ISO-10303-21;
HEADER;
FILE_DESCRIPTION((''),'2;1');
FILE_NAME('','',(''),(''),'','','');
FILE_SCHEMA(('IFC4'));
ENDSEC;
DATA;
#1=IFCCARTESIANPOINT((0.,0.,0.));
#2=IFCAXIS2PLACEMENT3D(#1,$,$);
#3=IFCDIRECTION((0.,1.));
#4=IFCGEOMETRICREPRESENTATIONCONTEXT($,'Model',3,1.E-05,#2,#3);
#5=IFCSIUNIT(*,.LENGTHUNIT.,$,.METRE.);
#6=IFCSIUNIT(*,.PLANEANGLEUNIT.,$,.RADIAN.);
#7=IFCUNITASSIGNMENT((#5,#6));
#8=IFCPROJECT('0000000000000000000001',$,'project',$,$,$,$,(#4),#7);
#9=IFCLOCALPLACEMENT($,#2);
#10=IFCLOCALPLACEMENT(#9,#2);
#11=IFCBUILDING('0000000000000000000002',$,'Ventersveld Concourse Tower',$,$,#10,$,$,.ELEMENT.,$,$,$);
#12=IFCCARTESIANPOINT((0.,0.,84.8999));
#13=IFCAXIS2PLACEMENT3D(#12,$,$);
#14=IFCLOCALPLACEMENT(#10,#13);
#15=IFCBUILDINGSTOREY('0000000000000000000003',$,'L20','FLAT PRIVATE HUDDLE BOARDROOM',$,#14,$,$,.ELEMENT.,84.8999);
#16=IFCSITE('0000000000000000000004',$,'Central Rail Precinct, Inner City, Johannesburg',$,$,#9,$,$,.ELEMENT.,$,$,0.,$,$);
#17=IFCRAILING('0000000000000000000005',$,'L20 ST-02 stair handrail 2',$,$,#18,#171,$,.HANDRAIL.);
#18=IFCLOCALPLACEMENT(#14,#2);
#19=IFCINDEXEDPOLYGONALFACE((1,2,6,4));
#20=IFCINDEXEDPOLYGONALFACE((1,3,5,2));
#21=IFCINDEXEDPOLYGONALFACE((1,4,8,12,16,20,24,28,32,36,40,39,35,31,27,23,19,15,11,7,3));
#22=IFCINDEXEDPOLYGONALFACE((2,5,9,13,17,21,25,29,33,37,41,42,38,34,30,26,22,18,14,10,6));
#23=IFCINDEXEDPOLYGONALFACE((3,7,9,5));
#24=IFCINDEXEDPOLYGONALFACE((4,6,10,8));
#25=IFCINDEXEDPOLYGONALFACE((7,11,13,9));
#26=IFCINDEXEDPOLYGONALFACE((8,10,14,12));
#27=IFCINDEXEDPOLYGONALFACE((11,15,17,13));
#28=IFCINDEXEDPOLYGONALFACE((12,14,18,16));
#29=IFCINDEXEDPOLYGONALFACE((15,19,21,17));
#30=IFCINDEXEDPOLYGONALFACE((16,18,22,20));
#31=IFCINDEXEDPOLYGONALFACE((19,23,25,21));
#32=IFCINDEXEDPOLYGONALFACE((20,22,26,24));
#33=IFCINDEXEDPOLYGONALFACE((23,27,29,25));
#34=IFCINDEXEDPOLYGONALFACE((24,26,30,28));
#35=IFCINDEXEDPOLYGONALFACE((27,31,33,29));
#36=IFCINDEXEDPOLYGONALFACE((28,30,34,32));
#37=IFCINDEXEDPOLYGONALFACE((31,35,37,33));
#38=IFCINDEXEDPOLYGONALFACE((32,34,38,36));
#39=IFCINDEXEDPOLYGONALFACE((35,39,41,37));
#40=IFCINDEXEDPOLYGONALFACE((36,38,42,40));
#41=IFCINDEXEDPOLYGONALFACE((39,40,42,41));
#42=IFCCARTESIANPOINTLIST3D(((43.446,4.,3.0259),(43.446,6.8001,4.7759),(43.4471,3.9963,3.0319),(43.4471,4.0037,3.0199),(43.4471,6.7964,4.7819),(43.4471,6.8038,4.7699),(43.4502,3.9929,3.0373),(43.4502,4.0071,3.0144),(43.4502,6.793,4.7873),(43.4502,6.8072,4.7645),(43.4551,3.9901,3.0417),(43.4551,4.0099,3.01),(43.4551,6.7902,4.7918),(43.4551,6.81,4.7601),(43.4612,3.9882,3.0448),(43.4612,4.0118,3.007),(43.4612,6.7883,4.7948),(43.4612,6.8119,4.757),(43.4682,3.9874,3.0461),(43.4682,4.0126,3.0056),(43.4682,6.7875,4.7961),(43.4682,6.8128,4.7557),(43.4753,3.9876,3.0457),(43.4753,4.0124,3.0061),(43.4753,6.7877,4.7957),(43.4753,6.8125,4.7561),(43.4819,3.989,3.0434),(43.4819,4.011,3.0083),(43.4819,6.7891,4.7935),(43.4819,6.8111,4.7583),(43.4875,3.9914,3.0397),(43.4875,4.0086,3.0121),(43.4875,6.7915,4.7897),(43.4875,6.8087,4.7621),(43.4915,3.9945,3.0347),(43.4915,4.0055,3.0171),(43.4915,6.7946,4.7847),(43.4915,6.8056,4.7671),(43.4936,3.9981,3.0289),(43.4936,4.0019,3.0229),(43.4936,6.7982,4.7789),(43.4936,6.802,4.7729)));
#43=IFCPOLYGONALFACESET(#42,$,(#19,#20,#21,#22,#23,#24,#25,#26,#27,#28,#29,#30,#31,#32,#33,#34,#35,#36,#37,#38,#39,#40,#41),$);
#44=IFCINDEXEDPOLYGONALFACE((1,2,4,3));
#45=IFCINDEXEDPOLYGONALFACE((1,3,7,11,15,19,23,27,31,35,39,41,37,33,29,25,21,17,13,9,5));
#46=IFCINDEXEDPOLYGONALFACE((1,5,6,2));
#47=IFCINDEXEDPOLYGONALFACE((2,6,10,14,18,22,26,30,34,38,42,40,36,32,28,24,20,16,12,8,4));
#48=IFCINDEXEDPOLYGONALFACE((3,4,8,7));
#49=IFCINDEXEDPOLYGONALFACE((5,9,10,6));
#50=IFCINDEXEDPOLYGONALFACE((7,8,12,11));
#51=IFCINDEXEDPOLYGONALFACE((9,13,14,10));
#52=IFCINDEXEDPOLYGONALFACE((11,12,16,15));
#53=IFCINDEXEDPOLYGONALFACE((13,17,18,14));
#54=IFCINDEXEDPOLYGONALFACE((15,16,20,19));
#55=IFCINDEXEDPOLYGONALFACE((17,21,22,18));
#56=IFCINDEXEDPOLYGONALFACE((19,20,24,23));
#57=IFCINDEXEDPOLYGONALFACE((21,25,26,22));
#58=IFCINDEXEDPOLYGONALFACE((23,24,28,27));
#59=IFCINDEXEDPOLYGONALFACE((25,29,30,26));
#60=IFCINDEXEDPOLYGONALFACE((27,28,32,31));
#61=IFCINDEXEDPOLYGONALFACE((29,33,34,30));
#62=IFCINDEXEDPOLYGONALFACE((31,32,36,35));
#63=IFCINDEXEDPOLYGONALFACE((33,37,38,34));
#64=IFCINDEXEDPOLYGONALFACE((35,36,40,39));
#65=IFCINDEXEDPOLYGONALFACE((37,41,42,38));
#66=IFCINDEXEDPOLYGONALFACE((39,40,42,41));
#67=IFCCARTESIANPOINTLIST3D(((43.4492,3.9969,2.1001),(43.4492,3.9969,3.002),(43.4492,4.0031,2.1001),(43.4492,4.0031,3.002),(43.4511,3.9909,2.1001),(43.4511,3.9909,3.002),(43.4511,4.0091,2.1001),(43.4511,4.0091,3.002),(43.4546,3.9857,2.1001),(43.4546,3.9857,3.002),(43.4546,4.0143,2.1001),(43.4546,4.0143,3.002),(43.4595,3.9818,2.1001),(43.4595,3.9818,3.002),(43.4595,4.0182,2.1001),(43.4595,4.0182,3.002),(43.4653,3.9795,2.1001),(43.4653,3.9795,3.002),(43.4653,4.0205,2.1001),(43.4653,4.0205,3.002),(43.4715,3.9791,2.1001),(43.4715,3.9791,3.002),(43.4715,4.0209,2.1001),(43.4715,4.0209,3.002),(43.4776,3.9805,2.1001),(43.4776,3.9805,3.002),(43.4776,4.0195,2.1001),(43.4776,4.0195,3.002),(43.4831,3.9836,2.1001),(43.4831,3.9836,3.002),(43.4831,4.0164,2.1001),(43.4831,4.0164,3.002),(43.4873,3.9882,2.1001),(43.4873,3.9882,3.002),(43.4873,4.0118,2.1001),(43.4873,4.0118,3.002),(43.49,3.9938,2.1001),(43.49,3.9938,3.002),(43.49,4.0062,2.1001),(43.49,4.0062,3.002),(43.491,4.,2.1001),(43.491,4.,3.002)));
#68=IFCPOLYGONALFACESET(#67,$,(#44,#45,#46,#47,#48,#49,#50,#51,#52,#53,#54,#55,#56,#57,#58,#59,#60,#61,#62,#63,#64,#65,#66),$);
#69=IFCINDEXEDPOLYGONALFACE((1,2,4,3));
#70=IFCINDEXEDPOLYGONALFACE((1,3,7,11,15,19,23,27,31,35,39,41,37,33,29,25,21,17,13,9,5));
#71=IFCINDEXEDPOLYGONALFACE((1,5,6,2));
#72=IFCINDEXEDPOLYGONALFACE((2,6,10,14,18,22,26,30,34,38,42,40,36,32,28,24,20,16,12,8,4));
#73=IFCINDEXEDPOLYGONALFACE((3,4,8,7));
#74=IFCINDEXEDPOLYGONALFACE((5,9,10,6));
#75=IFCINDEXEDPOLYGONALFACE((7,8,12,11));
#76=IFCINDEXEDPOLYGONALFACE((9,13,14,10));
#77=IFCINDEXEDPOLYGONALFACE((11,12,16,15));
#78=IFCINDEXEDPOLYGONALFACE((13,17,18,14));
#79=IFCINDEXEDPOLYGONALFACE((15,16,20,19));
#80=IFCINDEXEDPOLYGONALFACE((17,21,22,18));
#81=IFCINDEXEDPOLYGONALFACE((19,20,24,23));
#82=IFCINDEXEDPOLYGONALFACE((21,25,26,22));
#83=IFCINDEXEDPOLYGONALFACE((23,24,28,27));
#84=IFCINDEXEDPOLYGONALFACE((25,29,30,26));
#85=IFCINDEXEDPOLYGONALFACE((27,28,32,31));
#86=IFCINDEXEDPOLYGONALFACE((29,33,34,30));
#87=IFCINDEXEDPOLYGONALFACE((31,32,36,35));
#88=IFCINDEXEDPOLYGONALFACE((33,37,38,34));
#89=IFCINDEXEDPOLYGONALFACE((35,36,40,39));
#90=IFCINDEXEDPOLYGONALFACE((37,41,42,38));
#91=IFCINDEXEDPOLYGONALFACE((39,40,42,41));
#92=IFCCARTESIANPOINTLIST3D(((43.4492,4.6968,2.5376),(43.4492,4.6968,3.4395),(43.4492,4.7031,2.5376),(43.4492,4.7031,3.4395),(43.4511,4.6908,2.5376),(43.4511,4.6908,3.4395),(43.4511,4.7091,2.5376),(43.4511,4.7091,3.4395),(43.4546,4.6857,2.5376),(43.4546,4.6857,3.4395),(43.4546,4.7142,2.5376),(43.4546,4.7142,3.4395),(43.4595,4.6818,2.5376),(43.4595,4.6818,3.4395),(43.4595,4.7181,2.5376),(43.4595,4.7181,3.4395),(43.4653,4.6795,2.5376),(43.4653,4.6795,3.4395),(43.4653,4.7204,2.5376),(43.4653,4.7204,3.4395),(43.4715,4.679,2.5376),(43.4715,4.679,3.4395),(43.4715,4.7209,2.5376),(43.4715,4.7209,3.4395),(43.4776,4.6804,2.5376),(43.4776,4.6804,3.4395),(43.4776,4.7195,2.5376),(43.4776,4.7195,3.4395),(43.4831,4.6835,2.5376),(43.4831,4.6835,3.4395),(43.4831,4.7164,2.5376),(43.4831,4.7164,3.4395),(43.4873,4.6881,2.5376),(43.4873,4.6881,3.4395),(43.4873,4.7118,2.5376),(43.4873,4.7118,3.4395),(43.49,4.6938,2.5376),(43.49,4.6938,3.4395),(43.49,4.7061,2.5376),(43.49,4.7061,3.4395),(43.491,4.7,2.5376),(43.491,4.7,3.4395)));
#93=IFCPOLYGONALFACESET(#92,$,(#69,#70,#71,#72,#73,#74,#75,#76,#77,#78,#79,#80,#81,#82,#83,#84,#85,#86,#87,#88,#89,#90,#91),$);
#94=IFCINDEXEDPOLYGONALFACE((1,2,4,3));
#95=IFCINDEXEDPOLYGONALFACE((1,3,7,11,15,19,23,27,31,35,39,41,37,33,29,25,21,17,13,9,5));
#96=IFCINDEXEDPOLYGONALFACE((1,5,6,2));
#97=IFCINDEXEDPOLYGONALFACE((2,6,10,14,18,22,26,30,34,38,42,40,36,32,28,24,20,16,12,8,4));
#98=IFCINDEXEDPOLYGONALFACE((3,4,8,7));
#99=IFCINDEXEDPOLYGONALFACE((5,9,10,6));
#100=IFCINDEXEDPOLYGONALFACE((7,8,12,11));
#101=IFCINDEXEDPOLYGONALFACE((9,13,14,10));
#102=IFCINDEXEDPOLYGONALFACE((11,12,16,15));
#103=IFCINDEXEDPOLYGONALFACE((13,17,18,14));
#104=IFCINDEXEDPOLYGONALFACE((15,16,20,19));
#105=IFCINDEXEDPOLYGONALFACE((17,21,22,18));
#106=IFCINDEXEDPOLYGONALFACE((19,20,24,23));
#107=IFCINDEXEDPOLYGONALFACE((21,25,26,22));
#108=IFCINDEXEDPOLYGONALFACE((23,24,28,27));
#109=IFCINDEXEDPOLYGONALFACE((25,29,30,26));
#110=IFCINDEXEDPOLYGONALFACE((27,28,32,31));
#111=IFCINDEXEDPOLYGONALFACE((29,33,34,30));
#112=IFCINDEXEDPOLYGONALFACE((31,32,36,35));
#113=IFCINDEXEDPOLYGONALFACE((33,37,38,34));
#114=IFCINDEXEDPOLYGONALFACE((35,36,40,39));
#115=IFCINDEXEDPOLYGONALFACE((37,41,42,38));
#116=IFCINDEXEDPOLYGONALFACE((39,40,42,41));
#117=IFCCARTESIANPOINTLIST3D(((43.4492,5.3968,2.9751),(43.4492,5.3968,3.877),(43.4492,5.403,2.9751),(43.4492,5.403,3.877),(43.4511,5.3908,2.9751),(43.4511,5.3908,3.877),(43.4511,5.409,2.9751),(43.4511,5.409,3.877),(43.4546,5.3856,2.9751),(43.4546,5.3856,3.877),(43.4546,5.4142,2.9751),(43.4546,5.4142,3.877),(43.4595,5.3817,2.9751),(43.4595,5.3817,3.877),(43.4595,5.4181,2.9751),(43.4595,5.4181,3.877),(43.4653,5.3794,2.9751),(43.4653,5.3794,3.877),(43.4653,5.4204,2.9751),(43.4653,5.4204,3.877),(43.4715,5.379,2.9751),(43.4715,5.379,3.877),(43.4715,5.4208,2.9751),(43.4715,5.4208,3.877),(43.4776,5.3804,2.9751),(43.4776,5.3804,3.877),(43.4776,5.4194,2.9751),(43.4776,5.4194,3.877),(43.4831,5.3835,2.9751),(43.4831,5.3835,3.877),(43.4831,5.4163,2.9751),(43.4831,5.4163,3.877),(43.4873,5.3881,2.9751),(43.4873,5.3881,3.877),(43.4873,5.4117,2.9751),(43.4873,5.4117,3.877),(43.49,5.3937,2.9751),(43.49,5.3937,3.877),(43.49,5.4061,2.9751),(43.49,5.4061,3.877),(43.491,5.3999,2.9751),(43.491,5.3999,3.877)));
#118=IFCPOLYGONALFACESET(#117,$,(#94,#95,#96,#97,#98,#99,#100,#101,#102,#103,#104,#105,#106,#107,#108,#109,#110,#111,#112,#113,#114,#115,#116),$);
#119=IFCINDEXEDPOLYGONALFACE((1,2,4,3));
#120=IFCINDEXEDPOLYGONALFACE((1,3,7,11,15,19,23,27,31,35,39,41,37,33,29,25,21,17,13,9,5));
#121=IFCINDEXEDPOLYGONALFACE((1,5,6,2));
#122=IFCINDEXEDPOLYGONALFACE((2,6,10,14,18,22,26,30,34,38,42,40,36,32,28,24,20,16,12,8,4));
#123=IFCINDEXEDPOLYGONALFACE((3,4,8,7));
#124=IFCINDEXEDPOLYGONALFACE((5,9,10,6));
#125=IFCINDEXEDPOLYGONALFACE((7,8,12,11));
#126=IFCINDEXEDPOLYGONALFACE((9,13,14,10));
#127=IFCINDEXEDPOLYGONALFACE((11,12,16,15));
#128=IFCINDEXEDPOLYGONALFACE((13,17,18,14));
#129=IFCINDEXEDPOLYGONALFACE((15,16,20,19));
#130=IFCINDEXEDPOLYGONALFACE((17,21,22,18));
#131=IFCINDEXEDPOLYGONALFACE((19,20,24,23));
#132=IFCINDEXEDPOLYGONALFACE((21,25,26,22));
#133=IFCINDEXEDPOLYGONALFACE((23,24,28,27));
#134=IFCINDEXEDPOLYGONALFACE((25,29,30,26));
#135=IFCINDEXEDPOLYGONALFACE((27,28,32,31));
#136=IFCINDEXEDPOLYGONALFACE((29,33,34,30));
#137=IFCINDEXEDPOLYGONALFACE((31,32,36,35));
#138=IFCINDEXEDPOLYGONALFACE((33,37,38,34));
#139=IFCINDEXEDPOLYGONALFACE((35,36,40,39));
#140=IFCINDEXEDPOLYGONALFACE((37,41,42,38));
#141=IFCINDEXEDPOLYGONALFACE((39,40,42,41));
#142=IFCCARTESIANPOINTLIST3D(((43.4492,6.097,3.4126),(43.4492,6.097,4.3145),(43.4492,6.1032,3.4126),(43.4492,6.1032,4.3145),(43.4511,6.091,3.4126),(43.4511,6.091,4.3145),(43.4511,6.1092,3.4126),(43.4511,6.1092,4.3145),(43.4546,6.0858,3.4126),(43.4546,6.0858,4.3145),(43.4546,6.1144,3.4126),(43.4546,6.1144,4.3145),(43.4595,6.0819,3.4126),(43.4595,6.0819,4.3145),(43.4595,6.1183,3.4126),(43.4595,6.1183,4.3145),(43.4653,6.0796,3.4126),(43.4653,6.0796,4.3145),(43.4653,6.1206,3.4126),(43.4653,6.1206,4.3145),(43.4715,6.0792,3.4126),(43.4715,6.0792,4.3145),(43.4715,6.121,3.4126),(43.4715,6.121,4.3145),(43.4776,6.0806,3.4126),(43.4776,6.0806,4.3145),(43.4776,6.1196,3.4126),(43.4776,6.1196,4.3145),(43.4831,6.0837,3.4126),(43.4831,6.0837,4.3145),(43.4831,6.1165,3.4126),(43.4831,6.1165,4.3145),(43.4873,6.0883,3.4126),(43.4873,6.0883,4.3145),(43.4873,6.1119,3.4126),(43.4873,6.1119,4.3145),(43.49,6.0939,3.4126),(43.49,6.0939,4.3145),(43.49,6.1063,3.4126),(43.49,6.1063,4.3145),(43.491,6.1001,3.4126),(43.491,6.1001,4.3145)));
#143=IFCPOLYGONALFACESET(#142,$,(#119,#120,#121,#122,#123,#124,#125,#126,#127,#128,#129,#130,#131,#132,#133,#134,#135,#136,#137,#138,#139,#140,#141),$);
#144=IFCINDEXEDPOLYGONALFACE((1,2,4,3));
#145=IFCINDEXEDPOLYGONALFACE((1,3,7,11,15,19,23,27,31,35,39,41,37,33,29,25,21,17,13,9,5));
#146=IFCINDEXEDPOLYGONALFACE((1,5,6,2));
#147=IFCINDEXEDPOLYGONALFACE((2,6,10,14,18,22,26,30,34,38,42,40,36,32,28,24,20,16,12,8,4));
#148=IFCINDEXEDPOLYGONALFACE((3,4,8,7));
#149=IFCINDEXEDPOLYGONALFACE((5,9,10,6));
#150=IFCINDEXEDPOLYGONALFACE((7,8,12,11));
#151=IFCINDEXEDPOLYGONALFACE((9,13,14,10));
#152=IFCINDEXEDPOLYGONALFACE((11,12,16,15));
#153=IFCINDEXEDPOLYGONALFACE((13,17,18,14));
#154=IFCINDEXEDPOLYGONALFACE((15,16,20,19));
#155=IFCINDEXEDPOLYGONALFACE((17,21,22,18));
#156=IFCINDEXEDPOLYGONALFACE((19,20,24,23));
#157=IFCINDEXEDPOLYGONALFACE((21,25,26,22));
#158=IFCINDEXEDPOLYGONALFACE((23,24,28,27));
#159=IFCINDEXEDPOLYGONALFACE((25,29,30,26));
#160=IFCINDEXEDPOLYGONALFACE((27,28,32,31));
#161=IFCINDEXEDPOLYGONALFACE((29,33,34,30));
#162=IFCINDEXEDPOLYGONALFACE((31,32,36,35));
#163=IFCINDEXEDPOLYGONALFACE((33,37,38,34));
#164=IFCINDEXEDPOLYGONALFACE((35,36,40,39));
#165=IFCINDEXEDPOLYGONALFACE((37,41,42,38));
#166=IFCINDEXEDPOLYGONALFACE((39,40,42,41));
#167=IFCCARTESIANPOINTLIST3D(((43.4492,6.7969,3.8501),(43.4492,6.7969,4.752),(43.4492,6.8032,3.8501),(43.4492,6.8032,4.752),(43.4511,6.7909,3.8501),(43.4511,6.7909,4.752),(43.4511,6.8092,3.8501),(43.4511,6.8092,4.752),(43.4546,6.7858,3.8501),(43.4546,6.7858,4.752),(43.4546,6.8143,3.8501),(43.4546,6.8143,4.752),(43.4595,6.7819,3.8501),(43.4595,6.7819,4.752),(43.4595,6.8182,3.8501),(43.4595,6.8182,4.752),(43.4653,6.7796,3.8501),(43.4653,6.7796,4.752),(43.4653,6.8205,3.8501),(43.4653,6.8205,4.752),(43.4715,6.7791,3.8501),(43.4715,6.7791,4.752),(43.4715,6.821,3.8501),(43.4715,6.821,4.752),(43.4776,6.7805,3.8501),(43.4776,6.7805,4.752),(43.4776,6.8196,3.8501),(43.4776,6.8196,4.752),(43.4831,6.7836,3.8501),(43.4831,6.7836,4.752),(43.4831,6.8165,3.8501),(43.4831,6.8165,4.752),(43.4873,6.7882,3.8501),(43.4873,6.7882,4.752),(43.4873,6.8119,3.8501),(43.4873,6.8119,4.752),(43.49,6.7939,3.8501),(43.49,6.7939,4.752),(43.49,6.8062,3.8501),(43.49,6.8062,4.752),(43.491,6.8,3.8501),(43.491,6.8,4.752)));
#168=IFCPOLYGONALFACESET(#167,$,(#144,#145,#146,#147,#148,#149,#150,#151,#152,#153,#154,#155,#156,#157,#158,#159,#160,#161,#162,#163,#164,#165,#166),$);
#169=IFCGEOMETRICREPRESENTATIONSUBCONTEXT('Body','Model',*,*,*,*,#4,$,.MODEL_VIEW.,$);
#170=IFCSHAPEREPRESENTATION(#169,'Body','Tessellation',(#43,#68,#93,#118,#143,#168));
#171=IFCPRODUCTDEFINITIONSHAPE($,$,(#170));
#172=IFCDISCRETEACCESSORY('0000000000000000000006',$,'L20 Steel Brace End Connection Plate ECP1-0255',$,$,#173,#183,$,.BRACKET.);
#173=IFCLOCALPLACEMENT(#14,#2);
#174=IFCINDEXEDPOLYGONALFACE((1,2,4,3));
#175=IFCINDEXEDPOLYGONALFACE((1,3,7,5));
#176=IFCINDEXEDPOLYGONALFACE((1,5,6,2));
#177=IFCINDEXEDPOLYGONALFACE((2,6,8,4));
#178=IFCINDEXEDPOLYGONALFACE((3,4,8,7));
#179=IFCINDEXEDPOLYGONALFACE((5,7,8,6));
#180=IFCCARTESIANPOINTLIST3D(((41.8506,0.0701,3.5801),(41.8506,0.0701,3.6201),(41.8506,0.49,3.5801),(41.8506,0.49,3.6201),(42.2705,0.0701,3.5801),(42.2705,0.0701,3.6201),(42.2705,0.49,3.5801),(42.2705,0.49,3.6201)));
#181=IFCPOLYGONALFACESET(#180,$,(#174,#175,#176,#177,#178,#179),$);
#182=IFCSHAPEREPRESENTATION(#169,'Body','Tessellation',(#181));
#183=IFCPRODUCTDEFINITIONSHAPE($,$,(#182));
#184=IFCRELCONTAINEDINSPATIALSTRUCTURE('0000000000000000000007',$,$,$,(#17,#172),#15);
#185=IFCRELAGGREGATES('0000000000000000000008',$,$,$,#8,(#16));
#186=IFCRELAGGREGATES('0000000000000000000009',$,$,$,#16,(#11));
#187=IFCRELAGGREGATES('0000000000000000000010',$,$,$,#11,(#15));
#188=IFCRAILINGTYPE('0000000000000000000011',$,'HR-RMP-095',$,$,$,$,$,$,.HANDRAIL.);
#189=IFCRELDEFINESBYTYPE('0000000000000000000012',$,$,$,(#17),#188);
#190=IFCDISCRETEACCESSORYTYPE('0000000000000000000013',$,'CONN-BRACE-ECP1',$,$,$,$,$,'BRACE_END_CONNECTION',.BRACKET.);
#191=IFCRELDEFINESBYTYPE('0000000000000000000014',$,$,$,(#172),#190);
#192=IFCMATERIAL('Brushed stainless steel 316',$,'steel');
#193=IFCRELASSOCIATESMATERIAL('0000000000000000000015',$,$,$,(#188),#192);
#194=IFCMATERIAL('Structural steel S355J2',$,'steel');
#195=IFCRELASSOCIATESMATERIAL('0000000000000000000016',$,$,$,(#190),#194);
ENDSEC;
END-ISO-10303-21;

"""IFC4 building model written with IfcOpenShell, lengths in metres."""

from ifc_helpers import new_model, si_unit, direction, frame, origin, origin_2d, place, context, subcontext, project, spatial, rectangle, circle, extrude, material, type_object, element, save


model = new_model("IFC4")

# Units and contexts
model_context = context("Model", 3, precision=1e-05, world=origin(), true_north=direction((0.0, 1.0)))
body_context = subcontext(model_context, "Body", "Model", "MODEL_VIEW")
ifc_project = project(units=[si_unit("LENGTHUNIT", "METRE"), si_unit("PLANEANGLEUNIT", "RADIAN")], contexts=[model_context])

# Site, building, storey
site_placement = place(None, origin())
site = spatial("IfcSite", under=ifc_project, at=site_placement, Name="Central Rail Precinct, Inner City, Johannesburg", CompositionType="ELEMENT", RefElevation=0.0)
building_placement = place(site_placement, origin())
building = spatial("IfcBuilding", under=site, at=building_placement, Name="Ventersveld Concourse Tower", CompositionType="ELEMENT")
storey_placement = place(building_placement, frame((0.0, 0.0, 84.8999)))
storey = spatial("IfcBuildingStorey", under=building, at=storey_placement, Name="L20", Description="FLAT PRIVATE HUDDLE BOARDROOM", CompositionType="ELEMENT", Elevation=84.8999)

# Shared definitions
ifc_material_1 = material(Name="Structural steel S355J2", Category="steel")

# Railing
ifc_material_2 = material(Name="Brushed stainless steel 316", Category="steel")
railing_type_1 = type_object("IfcRailingType", Name="HR-RMP-095", PredefinedType="HANDRAIL", material=ifc_material_2)
railing_1_placement = place(storey_placement, frame((43.47, 4.0, 2.1001)))
element("IfcRailing", 1, at=railing_1_placement, inside=storey, type_object=railing_type_1, Name="L20 ST-02 stair handrail 2", PredefinedType="HANDRAIL", context=body_context, shape_type="SweptSolid", body=[
    extrude(circle(Radius=0.0239, at=origin_2d()), frame((0.0, 0.0, 0.9258), z_axis=(0.0, 0.848002, 0.529992), x_axis=(-1.0, 0.0, 0.0)), (0.0, 0.0, 1.0), 3.302),
    extrude(circle(Radius=0.021, at=origin_2d()), origin(), (0.0, 0.0, 1.0), 0.9019),
    extrude(circle(Radius=0.021, at=origin_2d()), frame((0.0, 0.7, 0.4375)), (0.0, 0.0, 1.0), 0.9019),
    extrude(circle(Radius=0.021, at=origin_2d()), frame((0.0, 1.3999, 0.875)), (0.0, 0.0, 1.0), 0.9019),
    extrude(circle(Radius=0.021, at=origin_2d()), frame((0.0, 2.1001, 1.3125)), (0.0, 0.0, 1.0), 0.9019),
    extrude(circle(Radius=0.021, at=origin_2d()), frame((0.0, 2.8, 1.75)), (0.0, 0.0, 1.0), 0.9019),
])

# Discrete accessory
discrete_accessory_type = type_object("IfcDiscreteAccessoryType", Name="CONN-BRACE-ECP1", ElementType="BRACE_END_CONNECTION", PredefinedType="BRACKET", material=ifc_material_1)
discrete_accessory_placement = place(storey_placement, frame((42.0605, 0.28, 3.5801), z_axis=(0.0, 0.0, 1.0), x_axis=(1.0, 0.0, 0.0)))
element("IfcDiscreteAccessory", 2, at=discrete_accessory_placement, inside=storey, type_object=discrete_accessory_type, Name="L20 Steel Brace End Connection Plate ECP1-0255", PredefinedType="BRACKET", context=body_context, shape_type="SweptSolid", body=[
    extrude(rectangle(XDim=0.4199, YDim=0.4199, at=origin_2d()), origin(), (0.0, 0.0, 1.0), 0.04),
])

save(model, "model.ifc")
